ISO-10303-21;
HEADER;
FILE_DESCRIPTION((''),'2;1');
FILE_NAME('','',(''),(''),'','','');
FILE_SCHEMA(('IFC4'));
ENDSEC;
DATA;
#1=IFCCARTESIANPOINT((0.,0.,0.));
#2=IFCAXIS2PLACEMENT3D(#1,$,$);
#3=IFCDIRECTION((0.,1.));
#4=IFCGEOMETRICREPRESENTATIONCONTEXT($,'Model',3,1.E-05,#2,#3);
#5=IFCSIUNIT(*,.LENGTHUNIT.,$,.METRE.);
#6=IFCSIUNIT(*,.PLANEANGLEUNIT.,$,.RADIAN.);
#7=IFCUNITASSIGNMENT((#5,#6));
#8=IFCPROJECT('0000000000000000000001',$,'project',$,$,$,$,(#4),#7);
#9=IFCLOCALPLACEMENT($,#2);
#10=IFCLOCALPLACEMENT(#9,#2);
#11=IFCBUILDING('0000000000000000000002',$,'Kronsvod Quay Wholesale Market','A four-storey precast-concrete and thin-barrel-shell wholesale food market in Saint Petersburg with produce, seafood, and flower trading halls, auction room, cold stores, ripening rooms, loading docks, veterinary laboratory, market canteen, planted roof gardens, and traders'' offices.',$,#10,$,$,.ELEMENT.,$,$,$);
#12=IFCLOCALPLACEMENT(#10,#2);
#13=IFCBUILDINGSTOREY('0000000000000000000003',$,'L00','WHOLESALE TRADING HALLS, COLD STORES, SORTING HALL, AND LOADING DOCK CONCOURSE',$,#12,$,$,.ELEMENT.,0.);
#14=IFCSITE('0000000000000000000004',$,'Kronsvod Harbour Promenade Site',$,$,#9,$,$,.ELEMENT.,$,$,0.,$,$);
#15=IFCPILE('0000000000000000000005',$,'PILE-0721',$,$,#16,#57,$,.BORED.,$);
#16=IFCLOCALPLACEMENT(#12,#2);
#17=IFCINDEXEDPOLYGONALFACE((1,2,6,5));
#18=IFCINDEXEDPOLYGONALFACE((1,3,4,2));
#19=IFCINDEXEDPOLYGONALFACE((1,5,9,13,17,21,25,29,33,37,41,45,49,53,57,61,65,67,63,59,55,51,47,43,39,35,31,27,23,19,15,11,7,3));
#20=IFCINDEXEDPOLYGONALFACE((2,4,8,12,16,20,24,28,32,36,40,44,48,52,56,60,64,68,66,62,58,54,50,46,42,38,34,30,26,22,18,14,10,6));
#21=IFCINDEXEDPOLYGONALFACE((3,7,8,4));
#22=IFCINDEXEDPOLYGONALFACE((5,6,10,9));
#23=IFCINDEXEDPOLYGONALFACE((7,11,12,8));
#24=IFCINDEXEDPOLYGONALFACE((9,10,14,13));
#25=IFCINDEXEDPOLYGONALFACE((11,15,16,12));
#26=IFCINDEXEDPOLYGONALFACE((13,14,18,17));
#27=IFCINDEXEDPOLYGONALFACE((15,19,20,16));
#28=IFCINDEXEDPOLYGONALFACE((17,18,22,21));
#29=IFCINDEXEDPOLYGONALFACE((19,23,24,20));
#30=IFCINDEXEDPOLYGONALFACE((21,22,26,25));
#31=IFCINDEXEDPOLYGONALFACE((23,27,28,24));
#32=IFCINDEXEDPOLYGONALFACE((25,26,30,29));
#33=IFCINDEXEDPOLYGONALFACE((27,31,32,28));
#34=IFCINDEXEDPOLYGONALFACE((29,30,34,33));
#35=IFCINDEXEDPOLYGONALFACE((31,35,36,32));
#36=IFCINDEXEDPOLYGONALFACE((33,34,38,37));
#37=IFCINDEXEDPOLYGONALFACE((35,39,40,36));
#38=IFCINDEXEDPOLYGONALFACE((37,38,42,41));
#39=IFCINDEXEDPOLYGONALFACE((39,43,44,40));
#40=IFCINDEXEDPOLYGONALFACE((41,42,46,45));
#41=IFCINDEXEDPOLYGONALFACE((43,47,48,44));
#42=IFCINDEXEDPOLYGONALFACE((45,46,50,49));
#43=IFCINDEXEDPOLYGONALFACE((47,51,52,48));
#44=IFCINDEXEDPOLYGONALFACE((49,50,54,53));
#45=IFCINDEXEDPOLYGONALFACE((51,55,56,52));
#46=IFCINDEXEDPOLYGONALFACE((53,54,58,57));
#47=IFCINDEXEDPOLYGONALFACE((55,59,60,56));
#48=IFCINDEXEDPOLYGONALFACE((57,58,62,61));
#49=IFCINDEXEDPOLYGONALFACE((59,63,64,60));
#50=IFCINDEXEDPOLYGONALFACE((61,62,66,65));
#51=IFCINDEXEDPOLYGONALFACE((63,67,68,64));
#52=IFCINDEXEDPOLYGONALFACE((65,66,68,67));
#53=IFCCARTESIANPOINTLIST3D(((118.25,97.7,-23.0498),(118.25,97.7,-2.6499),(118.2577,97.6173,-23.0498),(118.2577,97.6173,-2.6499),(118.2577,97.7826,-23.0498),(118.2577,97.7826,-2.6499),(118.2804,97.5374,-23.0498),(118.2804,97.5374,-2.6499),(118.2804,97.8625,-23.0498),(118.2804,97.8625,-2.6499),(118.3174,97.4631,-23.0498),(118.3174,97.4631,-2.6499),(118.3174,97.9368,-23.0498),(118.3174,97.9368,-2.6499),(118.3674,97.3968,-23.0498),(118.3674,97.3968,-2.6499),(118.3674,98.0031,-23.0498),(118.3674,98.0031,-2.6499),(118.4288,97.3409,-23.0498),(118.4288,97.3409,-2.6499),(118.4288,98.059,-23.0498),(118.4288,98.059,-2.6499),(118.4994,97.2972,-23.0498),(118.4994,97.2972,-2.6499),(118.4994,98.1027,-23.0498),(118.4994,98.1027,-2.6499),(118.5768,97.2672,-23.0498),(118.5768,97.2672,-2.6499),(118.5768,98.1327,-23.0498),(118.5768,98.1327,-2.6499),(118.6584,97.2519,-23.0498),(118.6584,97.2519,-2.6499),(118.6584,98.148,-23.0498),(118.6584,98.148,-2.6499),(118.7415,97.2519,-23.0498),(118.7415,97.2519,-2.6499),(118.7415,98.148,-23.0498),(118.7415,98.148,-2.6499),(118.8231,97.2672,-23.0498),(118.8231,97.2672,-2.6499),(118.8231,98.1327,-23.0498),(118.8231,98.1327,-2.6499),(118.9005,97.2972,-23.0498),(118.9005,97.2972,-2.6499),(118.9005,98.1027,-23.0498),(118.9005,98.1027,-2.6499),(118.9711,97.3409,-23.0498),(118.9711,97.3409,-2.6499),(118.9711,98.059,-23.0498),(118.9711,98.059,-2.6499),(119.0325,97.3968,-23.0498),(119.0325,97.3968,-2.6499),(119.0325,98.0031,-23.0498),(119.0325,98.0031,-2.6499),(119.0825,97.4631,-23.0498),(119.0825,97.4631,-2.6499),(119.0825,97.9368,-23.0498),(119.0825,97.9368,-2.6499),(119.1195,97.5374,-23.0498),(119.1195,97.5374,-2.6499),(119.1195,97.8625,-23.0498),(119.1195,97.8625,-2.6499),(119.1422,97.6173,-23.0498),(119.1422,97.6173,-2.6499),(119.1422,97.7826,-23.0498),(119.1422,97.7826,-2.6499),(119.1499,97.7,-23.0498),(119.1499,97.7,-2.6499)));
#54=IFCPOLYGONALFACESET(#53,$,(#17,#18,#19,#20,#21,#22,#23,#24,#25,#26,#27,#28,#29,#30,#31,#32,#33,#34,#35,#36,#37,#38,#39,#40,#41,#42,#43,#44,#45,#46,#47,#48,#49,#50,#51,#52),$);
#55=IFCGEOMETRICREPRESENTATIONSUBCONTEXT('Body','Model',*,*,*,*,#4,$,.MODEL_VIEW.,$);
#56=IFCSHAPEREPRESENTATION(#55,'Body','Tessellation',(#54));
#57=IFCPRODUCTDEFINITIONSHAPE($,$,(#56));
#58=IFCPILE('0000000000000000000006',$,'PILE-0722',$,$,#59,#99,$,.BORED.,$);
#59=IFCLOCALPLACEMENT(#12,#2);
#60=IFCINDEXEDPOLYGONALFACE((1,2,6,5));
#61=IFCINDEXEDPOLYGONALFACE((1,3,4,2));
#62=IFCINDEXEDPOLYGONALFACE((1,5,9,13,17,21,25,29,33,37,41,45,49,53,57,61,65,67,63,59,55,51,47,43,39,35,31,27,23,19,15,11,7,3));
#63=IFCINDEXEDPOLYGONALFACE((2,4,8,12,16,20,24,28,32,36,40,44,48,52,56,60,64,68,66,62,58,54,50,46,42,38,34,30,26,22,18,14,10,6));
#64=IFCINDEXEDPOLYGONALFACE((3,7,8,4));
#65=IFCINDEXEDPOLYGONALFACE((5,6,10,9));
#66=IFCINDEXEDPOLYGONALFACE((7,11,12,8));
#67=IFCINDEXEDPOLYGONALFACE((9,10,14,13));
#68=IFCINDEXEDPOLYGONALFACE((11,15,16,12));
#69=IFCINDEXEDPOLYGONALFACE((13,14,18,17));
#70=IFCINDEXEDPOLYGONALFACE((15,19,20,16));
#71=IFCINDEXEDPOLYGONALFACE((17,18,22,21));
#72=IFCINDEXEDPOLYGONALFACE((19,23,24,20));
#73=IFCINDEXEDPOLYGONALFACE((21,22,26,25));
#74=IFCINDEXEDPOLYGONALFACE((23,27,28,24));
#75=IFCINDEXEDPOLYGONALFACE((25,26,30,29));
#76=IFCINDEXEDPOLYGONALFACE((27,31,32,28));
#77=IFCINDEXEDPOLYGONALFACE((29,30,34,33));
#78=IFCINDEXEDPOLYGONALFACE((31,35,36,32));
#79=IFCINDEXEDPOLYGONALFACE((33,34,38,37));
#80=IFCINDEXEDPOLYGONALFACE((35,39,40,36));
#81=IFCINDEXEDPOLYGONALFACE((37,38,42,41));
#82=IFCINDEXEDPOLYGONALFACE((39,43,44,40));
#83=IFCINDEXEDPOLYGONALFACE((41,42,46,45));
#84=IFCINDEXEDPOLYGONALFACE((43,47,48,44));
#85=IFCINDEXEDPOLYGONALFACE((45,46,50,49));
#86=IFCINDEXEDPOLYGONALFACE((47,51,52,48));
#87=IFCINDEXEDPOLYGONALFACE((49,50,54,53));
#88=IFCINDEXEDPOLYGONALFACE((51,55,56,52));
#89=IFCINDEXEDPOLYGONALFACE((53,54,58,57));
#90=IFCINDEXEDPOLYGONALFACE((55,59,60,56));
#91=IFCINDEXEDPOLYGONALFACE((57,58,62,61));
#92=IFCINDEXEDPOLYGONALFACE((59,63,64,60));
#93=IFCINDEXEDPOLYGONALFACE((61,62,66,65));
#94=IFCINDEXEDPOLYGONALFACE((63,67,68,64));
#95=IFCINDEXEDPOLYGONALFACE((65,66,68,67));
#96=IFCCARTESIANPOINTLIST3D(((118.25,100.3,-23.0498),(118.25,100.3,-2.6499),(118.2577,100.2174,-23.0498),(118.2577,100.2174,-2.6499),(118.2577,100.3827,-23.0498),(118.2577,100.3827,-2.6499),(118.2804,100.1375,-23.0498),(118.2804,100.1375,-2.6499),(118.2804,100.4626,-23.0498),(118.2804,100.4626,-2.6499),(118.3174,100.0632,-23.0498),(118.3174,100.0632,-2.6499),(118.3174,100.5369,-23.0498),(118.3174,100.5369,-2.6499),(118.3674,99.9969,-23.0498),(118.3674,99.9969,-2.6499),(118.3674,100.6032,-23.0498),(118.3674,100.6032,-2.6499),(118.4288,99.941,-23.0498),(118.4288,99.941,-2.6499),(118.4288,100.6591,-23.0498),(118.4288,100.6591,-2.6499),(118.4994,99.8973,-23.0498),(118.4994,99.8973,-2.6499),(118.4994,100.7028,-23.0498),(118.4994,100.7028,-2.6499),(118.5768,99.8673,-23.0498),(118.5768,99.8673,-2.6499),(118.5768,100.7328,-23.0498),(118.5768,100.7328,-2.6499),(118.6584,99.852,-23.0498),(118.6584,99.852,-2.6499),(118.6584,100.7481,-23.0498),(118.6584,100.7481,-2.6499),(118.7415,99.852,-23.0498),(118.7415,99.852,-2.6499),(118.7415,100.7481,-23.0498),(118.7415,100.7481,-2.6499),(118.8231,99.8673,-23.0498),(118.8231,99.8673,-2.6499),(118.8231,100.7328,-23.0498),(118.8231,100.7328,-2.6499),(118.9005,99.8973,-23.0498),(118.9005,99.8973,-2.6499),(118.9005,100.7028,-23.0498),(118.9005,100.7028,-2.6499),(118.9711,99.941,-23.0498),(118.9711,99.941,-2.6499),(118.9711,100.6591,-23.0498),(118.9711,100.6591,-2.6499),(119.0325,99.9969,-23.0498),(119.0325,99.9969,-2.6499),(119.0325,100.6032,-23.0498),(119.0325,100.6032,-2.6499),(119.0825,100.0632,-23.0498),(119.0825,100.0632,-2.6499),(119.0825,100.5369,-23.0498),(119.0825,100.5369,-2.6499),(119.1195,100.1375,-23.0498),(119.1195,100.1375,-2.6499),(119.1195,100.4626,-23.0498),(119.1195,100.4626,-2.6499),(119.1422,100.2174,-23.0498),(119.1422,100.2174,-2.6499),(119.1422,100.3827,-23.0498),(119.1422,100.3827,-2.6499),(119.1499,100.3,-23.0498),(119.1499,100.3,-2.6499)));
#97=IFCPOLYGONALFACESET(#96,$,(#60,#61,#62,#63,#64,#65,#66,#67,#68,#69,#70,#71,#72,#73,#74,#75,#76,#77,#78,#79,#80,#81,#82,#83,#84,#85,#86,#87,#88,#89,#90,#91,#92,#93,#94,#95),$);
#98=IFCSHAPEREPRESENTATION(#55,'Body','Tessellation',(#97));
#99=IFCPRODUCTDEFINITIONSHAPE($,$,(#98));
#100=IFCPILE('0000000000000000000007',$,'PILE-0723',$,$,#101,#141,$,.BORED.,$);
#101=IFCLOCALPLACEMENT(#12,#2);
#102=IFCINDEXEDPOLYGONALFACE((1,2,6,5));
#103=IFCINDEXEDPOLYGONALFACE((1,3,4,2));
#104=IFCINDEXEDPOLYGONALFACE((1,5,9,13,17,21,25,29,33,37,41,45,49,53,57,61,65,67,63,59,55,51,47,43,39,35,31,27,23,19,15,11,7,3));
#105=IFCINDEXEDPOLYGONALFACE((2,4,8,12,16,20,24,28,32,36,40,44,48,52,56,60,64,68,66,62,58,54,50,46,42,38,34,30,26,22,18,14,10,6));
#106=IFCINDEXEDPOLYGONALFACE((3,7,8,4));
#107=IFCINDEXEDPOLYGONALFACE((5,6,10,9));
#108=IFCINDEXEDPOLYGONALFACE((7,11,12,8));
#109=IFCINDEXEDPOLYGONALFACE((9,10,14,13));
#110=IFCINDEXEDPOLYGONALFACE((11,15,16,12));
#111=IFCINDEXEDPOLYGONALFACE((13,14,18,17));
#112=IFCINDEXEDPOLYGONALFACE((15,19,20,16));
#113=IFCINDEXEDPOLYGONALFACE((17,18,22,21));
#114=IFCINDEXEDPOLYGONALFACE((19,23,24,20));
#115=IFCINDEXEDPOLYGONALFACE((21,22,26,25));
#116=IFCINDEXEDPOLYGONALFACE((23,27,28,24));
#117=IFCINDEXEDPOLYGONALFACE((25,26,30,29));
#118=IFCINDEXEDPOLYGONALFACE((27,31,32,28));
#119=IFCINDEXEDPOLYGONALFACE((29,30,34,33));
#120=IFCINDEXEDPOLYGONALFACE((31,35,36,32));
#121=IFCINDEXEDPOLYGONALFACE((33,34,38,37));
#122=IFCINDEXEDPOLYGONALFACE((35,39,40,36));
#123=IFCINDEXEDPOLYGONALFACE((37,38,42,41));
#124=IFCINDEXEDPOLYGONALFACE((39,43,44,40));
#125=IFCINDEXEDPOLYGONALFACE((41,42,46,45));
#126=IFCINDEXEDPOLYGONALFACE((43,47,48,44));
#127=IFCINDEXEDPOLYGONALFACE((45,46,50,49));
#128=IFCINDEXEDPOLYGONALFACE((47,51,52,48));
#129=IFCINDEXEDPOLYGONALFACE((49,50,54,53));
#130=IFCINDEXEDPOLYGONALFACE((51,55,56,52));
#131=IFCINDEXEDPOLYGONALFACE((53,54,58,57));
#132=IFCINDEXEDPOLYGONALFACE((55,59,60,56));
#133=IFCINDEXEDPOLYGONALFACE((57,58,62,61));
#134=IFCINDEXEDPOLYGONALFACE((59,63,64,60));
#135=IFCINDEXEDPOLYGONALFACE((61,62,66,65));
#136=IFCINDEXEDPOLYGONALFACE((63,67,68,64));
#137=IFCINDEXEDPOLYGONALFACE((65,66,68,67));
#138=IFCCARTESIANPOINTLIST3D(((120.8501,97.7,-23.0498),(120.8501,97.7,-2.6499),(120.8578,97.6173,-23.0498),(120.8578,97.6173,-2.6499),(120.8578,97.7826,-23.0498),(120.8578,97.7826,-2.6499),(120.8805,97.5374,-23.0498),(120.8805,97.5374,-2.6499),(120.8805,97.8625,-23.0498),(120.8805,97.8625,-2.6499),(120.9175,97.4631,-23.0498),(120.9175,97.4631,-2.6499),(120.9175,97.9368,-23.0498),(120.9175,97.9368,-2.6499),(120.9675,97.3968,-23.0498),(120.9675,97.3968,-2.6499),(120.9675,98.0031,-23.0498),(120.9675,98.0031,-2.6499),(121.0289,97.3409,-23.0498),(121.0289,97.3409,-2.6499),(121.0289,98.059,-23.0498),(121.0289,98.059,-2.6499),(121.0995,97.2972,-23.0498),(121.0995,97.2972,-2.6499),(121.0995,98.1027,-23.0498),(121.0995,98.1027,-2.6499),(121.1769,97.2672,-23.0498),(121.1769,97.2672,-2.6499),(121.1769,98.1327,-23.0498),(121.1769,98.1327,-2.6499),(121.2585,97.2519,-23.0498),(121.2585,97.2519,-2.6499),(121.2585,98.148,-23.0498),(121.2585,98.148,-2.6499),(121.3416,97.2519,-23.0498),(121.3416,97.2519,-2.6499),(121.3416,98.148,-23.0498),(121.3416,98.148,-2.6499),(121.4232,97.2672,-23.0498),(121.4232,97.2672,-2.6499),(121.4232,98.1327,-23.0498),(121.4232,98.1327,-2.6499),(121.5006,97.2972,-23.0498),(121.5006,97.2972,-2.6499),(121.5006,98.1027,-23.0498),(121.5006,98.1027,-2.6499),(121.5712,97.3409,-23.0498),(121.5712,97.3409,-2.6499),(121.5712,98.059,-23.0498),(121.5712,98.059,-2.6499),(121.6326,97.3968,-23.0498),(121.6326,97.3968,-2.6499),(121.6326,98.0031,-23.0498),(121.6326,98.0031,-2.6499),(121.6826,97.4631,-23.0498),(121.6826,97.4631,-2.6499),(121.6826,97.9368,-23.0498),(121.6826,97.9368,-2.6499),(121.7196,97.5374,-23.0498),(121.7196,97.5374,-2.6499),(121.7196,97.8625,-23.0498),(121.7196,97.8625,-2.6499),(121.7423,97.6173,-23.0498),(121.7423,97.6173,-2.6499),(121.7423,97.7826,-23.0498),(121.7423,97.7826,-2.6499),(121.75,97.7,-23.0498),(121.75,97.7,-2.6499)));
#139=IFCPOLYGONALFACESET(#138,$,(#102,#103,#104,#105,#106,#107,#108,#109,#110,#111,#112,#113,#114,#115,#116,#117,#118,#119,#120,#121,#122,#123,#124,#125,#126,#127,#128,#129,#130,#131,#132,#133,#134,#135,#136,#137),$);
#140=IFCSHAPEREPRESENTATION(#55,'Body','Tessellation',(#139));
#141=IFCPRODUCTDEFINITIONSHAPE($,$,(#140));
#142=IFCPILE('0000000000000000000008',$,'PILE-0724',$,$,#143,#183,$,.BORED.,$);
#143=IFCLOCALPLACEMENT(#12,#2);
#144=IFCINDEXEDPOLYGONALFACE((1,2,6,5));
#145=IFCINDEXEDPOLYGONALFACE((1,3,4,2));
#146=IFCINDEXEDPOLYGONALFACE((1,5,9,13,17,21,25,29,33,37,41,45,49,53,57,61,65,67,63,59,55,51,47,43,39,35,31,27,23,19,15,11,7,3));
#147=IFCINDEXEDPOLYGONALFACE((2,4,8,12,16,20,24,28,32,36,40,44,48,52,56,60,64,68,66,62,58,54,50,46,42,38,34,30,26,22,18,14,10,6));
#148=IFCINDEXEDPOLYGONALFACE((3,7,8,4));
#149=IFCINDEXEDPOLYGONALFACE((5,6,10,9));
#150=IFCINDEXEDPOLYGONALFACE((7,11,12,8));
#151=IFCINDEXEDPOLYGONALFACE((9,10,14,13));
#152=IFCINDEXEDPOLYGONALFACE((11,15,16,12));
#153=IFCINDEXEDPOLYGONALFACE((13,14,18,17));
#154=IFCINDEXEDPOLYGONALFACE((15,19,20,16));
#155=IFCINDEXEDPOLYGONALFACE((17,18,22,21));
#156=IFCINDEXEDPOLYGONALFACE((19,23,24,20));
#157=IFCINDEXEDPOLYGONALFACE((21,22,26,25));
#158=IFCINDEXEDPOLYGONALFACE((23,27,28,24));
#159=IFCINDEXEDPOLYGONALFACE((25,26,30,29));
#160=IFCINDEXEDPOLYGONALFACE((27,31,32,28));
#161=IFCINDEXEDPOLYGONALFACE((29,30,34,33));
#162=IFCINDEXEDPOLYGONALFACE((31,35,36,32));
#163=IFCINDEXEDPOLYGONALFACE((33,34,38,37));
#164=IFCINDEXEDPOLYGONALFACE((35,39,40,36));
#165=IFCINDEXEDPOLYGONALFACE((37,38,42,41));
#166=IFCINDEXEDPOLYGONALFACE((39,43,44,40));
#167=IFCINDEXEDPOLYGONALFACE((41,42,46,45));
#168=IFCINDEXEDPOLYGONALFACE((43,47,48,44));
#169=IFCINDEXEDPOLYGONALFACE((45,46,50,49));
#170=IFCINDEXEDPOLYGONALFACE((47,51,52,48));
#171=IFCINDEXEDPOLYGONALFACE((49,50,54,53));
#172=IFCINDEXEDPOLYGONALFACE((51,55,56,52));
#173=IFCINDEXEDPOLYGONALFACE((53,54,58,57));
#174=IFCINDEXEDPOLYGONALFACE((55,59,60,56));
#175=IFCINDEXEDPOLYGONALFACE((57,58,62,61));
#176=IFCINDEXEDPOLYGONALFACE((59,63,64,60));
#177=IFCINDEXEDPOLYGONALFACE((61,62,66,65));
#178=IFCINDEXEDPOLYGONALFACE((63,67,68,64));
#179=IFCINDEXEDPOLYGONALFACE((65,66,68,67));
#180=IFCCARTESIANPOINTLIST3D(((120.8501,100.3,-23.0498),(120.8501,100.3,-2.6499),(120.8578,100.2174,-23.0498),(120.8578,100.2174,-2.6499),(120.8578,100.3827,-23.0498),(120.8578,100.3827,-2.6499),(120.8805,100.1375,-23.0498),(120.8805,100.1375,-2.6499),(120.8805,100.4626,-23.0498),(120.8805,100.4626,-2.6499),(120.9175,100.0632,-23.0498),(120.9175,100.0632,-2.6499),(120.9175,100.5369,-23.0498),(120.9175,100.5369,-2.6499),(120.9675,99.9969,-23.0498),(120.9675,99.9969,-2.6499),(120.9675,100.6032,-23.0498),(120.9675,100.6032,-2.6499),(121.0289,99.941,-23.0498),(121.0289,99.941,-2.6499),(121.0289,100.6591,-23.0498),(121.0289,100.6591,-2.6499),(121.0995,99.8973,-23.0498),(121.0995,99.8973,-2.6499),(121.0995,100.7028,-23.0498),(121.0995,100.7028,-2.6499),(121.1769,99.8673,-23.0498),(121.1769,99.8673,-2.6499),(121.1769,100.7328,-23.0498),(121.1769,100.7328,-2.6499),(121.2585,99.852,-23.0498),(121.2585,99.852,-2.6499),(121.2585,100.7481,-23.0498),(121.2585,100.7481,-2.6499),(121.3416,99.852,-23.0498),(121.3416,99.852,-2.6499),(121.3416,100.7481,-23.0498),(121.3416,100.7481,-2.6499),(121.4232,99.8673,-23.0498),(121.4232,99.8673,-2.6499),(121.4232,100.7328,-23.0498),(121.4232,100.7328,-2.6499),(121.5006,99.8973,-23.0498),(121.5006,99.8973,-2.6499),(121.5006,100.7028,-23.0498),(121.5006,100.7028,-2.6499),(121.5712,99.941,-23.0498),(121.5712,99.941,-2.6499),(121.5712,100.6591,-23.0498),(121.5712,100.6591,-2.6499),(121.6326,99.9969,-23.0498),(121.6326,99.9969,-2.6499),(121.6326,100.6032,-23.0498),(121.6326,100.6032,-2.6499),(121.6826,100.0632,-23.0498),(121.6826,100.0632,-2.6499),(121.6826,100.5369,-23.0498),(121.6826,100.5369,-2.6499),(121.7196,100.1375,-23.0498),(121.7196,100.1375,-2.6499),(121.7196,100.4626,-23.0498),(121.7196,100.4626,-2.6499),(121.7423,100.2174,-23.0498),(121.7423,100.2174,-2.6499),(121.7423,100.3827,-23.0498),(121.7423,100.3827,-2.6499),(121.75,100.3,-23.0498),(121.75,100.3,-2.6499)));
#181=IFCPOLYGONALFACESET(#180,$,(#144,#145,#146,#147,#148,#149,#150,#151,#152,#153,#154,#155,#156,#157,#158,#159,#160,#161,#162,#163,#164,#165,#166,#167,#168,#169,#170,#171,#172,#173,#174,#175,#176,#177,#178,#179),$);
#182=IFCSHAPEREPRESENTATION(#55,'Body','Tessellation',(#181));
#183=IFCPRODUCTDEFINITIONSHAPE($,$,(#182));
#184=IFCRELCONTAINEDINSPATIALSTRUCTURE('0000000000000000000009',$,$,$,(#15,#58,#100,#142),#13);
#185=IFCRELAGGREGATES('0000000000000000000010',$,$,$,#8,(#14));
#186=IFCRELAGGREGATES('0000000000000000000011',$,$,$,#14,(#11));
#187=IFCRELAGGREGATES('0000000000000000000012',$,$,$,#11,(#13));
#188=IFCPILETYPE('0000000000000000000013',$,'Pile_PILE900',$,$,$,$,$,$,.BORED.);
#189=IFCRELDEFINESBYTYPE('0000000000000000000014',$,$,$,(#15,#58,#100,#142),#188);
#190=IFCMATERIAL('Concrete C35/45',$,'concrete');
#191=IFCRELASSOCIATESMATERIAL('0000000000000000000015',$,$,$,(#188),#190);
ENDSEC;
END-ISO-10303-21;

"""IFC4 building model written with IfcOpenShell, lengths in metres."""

from ifc_helpers import new_model, si_unit, direction, frame, origin, origin_2d, place, context, subcontext, project, spatial, circle, extrude, material, material_profile, profile_set, type_object, element, save


model = new_model("IFC4")

# Units and contexts
model_context = context("Model", 3, precision=1e-05, world=origin(), true_north=direction((0.0, 1.0)))
body_context = subcontext(model_context, "Body", "Model", "MODEL_VIEW")
ifc_project = project(units=[si_unit("LENGTHUNIT", "METRE"), si_unit("PLANEANGLEUNIT", "RADIAN")], contexts=[model_context])

# Site, building, storey
site_placement = place(None, origin())
site = spatial("IfcSite", under=ifc_project, at=site_placement, Name="Kronsvod Harbour Promenade Site", CompositionType="ELEMENT", RefElevation=0.0)
building_placement = place(site_placement, origin())
building = spatial("IfcBuilding", under=site, at=building_placement, Name="Kronsvod Quay Wholesale Market", Description="A four-storey precast-concrete and thin-barrel-shell wholesale food market in Saint Petersburg with produce, seafood, and flower trading halls, auction room, cold stores, ripening rooms, loading docks, veterinary laboratory, market canteen, planted roof gardens, and traders' offices.", CompositionType="ELEMENT")
storey_placement = place(building_placement, origin())
storey = spatial("IfcBuildingStorey", under=building, at=storey_placement, Name="L00", Description="WHOLESALE TRADING HALLS, COLD STORES, SORTING HALL, AND LOADING DOCK CONCOURSE", CompositionType="ELEMENT", Elevation=0.0)

# Piles
ifc_material_1 = material(Name="Concrete C35/45", Category="concrete")
ifc_material_profile_1 = material_profile(ifc_material_1, circle(Radius=0.45, at=origin_2d()), Name="PILE900")
ifc_profile_set_1 = profile_set([ifc_material_profile_1], Name="Concrete C35/45")
pile_type = type_object("IfcPileType", Name="Pile_PILE900", PredefinedType="BORED", material=ifc_profile_set_1)
for number, where, z_axis, x_axis, name in (
    (1, (118.7, 97.7, -2.6499), (0.0, 0.0, -1.0), (1.0, 0.0, 0.0), "PILE-0721"),
    (2, (118.7, 100.3, -2.6499), (0.0, 0.0, -1.0), (1.0, 0.0, 0.0), "PILE-0722"),
    (3, (121.3, 97.7, -2.6499), (0.0, 0.0, -1.0), (1.0, 0.0, 0.0), "PILE-0723"),
    (4, (121.3, 100.3, -2.6499), (0.0, 0.0, -1.0), (1.0, 0.0, 0.0), "PILE-0724"),
):
    element("IfcPile", number, at=place(storey_placement, frame(where, z_axis=z_axis, x_axis=x_axis)), inside=storey, type_object=pile_type, Name=name, PredefinedType="BORED", context=body_context, shape_type="SweptSolid", body=[
        extrude(circle(Radius=0.45, at=origin_2d()), origin(), (0.0, 0.0, 1.0), 20.3999),
    ])

save(model, "model.ifc")
